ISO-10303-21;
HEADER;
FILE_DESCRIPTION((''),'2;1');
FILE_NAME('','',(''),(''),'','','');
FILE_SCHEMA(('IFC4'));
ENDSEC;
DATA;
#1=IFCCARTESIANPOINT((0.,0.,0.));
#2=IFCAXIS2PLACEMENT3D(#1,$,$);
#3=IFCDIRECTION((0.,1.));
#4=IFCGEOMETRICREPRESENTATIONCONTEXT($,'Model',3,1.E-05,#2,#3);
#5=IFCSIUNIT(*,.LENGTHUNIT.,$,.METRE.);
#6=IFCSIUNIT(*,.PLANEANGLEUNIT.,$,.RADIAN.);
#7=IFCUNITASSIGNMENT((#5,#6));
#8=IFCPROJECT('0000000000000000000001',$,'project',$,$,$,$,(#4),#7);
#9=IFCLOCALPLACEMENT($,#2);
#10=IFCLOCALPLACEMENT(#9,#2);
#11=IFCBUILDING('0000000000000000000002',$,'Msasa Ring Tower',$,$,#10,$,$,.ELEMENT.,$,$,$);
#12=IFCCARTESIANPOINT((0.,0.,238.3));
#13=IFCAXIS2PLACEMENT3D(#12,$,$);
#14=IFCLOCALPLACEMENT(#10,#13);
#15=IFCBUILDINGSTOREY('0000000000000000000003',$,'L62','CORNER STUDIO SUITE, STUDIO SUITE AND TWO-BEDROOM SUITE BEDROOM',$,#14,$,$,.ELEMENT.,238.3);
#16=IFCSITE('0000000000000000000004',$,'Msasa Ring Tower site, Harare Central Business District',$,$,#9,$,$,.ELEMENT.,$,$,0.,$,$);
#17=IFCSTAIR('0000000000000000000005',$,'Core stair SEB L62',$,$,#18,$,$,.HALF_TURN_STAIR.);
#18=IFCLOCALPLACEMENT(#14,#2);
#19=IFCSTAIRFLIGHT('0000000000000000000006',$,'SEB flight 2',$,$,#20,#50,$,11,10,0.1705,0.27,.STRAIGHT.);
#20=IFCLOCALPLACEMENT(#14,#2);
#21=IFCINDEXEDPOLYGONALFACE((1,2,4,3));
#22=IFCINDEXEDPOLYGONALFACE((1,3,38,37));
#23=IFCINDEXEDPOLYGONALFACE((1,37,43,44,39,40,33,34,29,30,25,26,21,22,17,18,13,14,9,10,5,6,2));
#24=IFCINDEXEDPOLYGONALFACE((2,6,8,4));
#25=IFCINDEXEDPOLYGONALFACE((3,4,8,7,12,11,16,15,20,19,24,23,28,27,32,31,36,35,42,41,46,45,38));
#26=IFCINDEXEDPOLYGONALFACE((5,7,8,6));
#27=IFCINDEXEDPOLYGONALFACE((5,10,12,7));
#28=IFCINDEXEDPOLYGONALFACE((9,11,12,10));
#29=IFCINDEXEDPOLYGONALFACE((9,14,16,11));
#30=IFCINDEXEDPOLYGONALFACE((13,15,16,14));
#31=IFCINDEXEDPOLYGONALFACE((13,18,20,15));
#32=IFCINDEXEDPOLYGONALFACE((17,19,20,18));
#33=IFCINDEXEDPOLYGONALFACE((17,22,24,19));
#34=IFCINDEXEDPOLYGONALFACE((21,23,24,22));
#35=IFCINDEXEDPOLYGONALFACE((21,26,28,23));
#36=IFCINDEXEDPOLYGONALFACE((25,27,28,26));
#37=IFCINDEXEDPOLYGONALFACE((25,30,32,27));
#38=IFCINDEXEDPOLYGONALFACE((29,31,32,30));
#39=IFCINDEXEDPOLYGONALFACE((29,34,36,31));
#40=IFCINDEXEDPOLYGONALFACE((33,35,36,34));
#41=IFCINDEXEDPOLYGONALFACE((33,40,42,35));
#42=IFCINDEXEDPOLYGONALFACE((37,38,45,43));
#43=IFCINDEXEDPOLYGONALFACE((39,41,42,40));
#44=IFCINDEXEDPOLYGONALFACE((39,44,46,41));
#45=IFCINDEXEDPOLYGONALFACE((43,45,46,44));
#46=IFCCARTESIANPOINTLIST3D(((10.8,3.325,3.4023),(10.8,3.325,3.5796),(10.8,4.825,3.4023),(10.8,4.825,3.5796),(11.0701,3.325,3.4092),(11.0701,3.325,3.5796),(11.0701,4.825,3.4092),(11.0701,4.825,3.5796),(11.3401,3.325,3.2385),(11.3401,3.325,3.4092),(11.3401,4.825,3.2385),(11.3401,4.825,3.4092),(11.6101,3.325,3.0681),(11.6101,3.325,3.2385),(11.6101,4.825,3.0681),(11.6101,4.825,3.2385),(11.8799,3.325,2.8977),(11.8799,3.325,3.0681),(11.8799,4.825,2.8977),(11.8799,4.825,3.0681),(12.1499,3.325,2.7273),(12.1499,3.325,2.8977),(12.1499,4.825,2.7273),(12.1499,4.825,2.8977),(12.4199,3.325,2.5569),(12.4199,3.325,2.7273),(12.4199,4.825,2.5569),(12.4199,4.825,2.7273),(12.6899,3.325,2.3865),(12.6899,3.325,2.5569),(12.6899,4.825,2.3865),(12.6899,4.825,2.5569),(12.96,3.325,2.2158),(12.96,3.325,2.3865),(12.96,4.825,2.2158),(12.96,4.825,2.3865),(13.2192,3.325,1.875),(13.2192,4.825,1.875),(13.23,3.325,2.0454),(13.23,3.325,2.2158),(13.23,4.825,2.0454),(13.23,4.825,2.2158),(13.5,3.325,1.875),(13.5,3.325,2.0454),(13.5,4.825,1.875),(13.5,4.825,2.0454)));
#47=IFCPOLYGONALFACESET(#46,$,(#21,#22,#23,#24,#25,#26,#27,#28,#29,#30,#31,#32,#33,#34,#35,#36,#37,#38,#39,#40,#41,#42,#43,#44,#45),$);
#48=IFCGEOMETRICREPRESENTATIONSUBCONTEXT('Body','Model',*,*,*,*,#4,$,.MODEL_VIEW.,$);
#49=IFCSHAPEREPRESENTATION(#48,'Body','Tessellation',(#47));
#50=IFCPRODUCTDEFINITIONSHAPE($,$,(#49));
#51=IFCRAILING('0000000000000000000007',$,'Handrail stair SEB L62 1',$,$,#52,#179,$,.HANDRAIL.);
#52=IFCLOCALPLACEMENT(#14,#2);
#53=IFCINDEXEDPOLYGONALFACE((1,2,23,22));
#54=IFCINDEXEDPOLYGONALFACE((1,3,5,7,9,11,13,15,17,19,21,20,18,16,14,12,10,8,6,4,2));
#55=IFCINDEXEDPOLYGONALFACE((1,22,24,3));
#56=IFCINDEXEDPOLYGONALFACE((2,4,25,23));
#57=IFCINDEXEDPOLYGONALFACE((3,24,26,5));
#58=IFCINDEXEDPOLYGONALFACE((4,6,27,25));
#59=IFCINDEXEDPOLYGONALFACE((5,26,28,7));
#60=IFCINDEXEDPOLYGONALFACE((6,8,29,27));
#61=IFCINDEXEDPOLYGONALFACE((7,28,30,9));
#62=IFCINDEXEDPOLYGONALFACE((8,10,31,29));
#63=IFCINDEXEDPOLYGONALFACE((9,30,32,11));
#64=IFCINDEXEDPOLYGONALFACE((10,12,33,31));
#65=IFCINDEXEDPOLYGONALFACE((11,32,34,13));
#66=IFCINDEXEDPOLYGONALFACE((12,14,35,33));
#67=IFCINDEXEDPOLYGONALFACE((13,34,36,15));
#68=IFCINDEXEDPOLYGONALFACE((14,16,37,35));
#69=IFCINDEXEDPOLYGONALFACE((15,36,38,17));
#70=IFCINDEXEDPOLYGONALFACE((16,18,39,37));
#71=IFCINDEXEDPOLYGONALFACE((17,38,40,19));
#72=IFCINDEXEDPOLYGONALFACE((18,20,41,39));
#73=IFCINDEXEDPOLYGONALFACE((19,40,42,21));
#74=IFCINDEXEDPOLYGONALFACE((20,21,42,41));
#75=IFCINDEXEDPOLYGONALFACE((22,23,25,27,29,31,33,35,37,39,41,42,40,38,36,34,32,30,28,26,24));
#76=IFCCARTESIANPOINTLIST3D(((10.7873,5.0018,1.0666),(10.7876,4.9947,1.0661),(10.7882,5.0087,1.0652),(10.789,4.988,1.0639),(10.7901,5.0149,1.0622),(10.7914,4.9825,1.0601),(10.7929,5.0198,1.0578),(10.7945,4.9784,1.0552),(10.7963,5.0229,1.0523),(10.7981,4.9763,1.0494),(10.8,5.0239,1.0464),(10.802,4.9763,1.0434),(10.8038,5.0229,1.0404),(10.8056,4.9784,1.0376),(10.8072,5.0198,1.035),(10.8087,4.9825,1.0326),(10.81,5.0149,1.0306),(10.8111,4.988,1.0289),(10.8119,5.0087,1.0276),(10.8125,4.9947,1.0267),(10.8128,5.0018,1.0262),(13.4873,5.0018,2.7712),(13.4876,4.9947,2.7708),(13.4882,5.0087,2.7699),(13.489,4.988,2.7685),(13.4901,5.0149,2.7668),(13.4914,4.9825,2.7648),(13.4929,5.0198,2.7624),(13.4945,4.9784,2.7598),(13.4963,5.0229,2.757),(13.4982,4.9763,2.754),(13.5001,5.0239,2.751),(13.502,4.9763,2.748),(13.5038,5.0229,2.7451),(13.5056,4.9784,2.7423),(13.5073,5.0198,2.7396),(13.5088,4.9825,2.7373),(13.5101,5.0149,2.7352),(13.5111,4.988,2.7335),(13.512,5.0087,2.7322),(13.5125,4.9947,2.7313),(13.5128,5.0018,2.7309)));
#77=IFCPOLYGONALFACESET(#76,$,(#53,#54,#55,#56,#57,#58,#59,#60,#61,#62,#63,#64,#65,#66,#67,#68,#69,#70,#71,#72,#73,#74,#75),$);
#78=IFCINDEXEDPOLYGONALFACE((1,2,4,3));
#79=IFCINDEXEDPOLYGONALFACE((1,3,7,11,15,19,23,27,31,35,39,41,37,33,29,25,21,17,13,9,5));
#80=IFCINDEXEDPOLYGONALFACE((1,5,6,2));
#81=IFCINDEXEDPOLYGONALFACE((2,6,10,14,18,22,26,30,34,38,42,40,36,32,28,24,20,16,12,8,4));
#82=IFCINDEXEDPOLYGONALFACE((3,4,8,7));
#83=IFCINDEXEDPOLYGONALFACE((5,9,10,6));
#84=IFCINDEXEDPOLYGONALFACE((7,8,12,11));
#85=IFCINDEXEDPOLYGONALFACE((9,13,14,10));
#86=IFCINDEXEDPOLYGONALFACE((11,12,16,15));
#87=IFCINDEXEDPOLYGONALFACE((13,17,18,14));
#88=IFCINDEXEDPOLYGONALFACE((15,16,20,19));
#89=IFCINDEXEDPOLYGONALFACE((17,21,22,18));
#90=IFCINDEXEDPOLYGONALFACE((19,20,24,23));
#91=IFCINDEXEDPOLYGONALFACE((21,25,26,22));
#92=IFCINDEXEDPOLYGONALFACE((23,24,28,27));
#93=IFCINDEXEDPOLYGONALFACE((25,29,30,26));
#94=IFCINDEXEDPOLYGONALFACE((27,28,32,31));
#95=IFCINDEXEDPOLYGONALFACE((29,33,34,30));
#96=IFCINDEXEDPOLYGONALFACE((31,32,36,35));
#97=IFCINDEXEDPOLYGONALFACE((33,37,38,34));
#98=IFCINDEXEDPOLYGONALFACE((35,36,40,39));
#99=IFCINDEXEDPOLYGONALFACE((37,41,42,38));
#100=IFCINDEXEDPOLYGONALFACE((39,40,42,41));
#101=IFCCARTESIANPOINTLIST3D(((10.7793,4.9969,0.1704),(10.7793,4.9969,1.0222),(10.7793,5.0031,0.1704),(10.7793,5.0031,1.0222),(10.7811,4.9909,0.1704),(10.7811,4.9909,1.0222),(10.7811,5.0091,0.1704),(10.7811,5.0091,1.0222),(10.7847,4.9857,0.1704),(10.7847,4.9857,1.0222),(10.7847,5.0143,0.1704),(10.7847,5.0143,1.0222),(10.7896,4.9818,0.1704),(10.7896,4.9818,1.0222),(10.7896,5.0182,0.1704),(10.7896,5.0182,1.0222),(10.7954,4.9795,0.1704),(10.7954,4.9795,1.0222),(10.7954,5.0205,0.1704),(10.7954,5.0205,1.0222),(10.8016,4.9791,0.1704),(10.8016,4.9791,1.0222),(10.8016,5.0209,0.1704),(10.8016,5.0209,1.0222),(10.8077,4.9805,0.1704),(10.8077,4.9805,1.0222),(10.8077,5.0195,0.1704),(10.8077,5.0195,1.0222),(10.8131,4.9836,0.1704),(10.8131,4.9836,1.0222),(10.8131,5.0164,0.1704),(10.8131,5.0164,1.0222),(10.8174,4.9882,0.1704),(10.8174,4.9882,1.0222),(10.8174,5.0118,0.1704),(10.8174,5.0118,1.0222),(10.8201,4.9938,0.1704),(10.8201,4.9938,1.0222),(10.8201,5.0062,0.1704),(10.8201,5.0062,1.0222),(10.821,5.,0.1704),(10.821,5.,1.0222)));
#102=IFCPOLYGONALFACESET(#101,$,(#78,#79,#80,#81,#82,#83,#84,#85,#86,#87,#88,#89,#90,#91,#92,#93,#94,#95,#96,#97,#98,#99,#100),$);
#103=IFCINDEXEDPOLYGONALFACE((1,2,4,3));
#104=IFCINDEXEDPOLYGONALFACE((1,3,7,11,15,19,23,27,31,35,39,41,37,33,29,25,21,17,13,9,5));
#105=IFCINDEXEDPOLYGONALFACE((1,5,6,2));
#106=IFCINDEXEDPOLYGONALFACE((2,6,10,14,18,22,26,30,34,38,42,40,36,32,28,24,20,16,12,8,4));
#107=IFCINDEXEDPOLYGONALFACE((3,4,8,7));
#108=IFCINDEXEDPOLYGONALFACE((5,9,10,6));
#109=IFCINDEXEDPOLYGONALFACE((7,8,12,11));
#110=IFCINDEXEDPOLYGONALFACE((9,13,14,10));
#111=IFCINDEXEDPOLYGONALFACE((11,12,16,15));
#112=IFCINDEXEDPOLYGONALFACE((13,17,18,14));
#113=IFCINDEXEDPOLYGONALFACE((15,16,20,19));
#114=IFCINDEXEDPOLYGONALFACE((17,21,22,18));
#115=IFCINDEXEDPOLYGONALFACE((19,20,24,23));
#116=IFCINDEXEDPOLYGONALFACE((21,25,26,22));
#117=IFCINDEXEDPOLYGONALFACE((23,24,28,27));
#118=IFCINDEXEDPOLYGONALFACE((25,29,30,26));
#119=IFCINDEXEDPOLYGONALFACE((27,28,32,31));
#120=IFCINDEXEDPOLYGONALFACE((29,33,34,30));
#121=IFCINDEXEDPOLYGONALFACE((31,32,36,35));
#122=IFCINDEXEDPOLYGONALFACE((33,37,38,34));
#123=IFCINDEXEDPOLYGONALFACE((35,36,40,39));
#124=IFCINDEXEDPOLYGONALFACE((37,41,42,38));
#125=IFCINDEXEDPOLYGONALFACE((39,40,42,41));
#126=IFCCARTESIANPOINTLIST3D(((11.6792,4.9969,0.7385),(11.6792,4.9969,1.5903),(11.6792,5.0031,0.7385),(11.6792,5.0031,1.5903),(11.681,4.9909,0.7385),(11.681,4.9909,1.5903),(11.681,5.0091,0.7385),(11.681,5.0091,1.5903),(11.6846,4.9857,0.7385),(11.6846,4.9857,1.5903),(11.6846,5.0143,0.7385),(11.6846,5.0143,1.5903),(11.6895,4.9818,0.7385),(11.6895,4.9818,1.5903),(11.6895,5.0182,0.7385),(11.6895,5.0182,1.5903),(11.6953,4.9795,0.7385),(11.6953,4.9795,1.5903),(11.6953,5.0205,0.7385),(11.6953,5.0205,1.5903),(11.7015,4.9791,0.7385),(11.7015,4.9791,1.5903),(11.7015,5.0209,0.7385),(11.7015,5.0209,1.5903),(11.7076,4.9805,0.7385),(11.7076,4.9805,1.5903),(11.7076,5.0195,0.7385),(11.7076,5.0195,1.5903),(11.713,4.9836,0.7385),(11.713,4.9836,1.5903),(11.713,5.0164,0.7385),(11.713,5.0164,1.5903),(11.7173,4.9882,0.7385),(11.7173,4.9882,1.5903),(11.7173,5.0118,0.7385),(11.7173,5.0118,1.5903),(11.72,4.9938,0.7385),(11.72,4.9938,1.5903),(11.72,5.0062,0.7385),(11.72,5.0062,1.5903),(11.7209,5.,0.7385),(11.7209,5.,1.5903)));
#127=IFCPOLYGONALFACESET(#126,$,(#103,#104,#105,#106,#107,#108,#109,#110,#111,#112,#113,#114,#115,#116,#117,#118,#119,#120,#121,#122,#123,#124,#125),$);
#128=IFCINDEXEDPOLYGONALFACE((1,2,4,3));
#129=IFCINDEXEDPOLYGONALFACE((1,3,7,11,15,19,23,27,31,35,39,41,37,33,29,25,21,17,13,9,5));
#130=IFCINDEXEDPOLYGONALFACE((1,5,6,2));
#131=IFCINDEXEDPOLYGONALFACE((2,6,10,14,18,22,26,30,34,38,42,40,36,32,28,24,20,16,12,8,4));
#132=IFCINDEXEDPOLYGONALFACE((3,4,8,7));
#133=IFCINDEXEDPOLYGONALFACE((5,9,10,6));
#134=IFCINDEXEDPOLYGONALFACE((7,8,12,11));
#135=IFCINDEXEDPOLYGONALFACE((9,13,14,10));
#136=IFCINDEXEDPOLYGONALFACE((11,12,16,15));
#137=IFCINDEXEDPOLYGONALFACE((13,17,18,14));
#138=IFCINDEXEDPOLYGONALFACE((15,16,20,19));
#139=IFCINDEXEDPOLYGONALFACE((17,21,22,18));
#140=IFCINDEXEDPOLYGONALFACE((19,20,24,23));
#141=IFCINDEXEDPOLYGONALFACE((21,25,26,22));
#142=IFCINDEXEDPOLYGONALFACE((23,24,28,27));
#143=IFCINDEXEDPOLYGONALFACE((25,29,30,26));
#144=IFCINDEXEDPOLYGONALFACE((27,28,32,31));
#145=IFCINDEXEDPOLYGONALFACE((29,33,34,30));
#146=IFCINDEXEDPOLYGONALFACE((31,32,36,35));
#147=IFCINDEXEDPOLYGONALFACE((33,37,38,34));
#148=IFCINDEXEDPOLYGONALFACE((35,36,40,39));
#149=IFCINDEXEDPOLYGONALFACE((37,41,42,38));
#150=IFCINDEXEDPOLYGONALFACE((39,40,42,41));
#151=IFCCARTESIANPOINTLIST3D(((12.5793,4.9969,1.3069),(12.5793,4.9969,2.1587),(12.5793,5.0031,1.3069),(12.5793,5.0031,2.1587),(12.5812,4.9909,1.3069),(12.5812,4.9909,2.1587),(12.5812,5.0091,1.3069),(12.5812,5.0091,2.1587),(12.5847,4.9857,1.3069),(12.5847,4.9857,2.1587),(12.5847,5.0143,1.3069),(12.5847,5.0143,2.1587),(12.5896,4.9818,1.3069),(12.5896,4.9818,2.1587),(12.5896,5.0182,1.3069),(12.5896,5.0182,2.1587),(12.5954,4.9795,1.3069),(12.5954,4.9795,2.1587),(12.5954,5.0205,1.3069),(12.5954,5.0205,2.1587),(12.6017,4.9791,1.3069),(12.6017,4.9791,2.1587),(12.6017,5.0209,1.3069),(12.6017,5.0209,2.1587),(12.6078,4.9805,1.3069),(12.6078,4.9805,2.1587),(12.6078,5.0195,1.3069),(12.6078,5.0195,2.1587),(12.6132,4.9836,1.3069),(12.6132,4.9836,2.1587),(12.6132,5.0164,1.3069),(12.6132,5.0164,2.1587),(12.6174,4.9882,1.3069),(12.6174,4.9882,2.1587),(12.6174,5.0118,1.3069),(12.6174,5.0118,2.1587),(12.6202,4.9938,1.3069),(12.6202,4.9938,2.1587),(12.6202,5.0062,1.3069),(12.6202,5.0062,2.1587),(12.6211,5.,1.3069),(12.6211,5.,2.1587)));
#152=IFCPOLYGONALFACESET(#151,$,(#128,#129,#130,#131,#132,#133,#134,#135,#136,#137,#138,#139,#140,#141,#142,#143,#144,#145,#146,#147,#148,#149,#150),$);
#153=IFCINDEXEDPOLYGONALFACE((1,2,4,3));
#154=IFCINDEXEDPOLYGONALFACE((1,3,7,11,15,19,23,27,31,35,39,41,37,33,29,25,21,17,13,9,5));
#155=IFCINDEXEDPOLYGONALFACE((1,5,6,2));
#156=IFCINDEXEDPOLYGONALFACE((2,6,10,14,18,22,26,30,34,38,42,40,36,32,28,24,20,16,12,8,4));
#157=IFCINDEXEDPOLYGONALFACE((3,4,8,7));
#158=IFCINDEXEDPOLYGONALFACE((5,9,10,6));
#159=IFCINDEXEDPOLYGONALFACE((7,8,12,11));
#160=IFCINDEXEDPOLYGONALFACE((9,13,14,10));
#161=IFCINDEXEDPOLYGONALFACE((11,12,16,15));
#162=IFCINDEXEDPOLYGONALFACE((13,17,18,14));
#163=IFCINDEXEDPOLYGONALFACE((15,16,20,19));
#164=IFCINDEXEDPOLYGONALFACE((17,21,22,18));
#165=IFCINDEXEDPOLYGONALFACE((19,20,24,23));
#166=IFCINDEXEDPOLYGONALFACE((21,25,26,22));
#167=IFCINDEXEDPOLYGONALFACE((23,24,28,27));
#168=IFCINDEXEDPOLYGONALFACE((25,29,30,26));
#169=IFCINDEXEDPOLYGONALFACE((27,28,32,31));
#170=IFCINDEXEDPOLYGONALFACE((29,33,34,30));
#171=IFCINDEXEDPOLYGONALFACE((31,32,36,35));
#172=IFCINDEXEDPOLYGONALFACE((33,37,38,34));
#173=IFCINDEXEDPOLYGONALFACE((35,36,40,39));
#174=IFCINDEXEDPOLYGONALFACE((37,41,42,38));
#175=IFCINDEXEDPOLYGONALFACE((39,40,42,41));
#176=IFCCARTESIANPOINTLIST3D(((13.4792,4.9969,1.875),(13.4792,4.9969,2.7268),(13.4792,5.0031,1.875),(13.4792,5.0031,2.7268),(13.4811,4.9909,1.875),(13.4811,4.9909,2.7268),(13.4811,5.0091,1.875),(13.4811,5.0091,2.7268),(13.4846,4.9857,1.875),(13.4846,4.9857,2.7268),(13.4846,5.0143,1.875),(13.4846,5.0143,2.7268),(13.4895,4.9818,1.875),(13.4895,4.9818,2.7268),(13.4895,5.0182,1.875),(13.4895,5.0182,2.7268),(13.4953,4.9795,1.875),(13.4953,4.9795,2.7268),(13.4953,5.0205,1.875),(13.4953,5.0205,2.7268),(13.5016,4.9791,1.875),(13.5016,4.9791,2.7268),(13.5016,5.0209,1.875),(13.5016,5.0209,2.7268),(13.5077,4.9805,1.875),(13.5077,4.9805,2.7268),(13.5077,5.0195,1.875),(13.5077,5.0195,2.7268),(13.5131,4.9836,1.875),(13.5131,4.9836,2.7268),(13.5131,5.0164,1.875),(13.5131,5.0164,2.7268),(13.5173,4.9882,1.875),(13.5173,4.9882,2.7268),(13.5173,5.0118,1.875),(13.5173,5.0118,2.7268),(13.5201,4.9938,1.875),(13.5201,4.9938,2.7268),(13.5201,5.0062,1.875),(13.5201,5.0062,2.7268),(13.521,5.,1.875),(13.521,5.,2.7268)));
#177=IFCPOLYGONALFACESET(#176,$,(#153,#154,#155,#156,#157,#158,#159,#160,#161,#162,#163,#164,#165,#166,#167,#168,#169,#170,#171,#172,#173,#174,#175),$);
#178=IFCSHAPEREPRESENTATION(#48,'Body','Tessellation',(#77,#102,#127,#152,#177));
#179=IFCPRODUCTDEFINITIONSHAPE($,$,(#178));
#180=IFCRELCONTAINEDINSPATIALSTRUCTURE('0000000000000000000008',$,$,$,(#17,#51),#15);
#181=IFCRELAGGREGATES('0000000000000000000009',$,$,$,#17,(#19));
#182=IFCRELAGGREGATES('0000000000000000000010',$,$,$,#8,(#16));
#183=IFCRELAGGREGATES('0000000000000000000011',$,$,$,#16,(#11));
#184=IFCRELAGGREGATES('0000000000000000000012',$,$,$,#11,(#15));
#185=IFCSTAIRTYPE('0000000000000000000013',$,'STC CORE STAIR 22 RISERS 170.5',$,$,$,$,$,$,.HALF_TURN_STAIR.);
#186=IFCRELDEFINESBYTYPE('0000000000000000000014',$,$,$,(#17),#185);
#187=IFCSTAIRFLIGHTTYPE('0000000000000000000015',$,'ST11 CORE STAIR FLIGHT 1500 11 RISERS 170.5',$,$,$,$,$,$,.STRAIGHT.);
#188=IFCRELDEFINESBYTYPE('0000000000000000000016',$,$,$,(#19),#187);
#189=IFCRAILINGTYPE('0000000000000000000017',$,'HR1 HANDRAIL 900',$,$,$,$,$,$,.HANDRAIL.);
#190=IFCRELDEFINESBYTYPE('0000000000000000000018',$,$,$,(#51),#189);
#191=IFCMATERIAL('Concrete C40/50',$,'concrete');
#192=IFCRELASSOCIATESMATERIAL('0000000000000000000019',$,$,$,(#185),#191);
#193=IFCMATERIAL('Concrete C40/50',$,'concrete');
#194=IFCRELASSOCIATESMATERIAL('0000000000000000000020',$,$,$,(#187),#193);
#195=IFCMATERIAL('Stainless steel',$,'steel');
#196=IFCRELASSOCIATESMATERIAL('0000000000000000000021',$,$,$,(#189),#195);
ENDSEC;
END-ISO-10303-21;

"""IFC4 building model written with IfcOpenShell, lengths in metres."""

from ifc_helpers import new_model, si_unit, direction, frame, origin, origin_2d, place, context, subcontext, project, spatial, polyline, circle, outline, extrude, material, type_object, element, aggregate, save


model = new_model("IFC4")

# Units and contexts
model_context = context("Model", 3, precision=1e-05, world=origin(), true_north=direction((0.0, 1.0)))
body_context = subcontext(model_context, "Body", "Model", "MODEL_VIEW")
ifc_project = project(units=[si_unit("LENGTHUNIT", "METRE"), si_unit("PLANEANGLEUNIT", "RADIAN")], contexts=[model_context])

# Site, building, storey
site_placement = place(None, origin())
site = spatial("IfcSite", under=ifc_project, at=site_placement, Name="Msasa Ring Tower site, Harare Central Business District", CompositionType="ELEMENT", RefElevation=0.0)
building_placement = place(site_placement, origin())
building = spatial("IfcBuilding", under=site, at=building_placement, Name="Msasa Ring Tower", CompositionType="ELEMENT")
storey_placement = place(building_placement, frame((0.0, 0.0, 238.3)))
storey = spatial("IfcBuildingStorey", under=building, at=storey_placement, Name="L62", Description="CORNER STUDIO SUITE, STUDIO SUITE AND TWO-BEDROOM SUITE BEDROOM", CompositionType="ELEMENT", Elevation=238.3)

# Stair, stair flight
ifc_material_1 = material(Name="Concrete C40/50", Category="concrete")
stair_type = type_object("IfcStairType", Name="STC CORE STAIR 22 RISERS 170.5", PredefinedType="HALF_TURN_STAIR", material=ifc_material_1)
stair_placement = place(storey_placement, origin())
stair = element("IfcStair", 1, at=stair_placement, inside=storey, type_object=stair_type, Name="Core stair SEB L62", PredefinedType="HALF_TURN_STAIR")
ifc_material_2 = material(Name="Concrete C40/50", Category="concrete")
stair_flight_type = type_object("IfcStairFlightType", Name="ST11 CORE STAIR FLIGHT 1500 11 RISERS 170.5", PredefinedType="STRAIGHT", material=ifc_material_2)
stair_flight_1_placement = place(storey_placement, frame((13.5, 4.075, 1.875), z_axis=(0.0, 0.0, 1.0), x_axis=(-1.0, 0.0, 0.0)))
stair_flight_1 = element("IfcStairFlight", 2, at=stair_flight_1_placement, type_object=stair_flight_type, Name="SEB flight 2", NumberOfRisers=11, NumberOfTreads=10, PredefinedType="STRAIGHT", RiserHeight=0.1705, TreadLength=0.27, context=body_context, shape_type="SweptSolid", body=[
    extrude(outline(polyline([(0.0, 0.0), (0.0, 0.1704), (0.27, 0.1704), (0.27, 0.3408), (0.54, 0.3408), (0.54, 0.5115), (0.8101, 0.5115), (0.8101, 0.6819), (1.0801, 0.6819), (1.0801, 0.8523), (1.3501, 0.8523), (1.3501, 1.0227), (1.6201, 1.0227), (1.6201, 1.1931), (1.8899, 1.1931), (1.8899, 1.3635), (2.1599, 1.3635), (2.1599, 1.5342), (2.4299, 1.5342), (2.4299, 1.7046), (2.7, 1.7046), (2.7, 1.875), (2.7, 1.5273), (0.2808, 0.0), (0.0, 0.0)])), frame((0.0, 0.75, 0.0), z_axis=(0.0, -1.0, 0.0), x_axis=(1.0, 0.0, 0.0)), (0.0, 0.0, 1.0), 1.5),
])
aggregate(stair, [stair_flight_1])

# Railing
ifc_material_3 = material(Name="Stainless steel", Category="steel")
railing_type = type_object("IfcRailingType", Name="HR1 HANDRAIL 900", PredefinedType="HANDRAIL", material=ifc_material_3)
for number, where, name in (
    (3, (10.8, 5.0, 0.1704), "Handrail stair SEB L62 1"),
):
    element("IfcRailing", number, at=place(storey_placement, frame(where)), inside=storey, type_object=railing_type, Name=name, PredefinedType="HANDRAIL", context=body_context, shape_type="SweptSolid", body=[
        extrude(circle(Radius=0.0239, at=origin_2d()), frame((0.0, 0.0, 0.876), z_axis=(0.84558, 0.0, 0.533849), x_axis=(0.0, 1.0, 0.0)), (0.0, 0.0, 1.0), 3.1931),
        extrude(circle(Radius=0.021, at=origin_2d()), origin(), (0.0, 0.0, 1.0), 0.8518),
        extrude(circle(Radius=0.021, at=origin_2d()), frame((0.8999, 0.0, 0.5681)), (0.0, 0.0, 1.0), 0.8518),
        extrude(circle(Radius=0.021, at=origin_2d()), frame((1.8, 0.0, 1.1365)), (0.0, 0.0, 1.0), 0.8518),
        extrude(circle(Radius=0.021, at=origin_2d()), frame((2.7, 0.0, 1.7046)), (0.0, 0.0, 1.0), 0.8518),
    ])

save(model, "model.ifc")
